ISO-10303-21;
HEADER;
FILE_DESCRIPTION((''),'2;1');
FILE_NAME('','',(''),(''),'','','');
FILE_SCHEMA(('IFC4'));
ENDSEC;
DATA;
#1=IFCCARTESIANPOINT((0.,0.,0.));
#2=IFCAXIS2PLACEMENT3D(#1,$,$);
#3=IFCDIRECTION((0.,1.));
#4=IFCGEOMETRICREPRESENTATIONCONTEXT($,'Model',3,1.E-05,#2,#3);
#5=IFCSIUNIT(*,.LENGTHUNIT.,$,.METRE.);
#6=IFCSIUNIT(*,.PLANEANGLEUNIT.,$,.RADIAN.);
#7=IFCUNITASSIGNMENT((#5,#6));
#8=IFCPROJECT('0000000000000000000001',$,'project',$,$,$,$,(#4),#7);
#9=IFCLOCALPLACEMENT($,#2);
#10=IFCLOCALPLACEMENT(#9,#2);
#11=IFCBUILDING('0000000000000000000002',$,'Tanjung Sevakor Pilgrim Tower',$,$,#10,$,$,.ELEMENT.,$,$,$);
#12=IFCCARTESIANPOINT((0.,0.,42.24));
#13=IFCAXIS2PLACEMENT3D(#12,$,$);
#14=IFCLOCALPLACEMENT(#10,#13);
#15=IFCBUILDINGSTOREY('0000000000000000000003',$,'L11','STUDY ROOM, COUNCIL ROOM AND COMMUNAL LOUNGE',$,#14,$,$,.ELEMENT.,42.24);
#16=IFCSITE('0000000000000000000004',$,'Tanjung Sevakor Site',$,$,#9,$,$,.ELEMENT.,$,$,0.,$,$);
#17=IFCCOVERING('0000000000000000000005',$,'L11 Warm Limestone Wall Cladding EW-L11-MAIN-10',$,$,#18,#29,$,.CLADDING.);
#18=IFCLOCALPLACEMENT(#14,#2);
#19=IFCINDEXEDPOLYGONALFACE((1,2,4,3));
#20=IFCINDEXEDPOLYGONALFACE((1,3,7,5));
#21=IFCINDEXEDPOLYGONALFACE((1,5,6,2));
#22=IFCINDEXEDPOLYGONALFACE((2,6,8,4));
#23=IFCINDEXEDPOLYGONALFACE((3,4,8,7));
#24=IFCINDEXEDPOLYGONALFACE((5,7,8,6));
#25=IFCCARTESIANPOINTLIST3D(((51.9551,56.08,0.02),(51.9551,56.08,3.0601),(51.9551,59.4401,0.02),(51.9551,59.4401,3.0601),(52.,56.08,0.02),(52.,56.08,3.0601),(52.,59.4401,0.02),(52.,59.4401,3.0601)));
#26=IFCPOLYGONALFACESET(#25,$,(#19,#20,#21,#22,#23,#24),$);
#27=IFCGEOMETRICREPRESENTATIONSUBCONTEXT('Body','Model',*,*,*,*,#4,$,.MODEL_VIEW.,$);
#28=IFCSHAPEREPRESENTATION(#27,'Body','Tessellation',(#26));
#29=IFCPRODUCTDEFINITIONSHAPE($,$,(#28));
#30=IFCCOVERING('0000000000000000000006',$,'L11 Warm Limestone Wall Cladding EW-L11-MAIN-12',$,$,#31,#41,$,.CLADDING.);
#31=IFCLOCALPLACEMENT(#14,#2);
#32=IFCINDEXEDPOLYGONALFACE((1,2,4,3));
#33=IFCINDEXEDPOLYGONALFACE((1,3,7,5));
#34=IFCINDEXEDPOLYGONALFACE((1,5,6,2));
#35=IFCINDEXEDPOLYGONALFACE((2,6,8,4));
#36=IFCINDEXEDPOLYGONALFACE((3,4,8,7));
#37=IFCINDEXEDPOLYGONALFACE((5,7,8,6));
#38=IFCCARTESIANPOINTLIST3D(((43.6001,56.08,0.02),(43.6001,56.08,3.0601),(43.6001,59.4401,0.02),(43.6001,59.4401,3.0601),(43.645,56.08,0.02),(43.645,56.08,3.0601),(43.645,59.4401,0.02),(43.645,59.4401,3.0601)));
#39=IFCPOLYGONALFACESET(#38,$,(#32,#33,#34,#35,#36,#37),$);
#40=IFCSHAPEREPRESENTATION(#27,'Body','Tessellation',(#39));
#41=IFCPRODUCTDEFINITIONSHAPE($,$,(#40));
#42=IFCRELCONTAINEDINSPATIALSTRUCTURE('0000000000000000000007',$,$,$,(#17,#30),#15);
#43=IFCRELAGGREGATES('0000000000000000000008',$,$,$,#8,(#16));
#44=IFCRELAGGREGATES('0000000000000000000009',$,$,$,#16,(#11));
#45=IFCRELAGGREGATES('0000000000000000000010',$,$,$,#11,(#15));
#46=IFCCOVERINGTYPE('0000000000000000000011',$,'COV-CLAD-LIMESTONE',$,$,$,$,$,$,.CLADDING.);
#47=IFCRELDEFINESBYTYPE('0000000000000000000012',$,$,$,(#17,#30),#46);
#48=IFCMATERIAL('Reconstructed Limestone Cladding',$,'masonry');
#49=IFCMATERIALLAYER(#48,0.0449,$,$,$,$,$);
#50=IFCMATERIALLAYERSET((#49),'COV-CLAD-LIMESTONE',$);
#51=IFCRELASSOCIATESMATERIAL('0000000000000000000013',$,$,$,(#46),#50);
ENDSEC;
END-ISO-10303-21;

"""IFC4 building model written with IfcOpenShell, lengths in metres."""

from ifc_helpers import new_model, si_unit, direction, frame, origin, origin_2d, place, context, subcontext, project, spatial, rectangle, extrude, material, layer, layer_set, type_object, element, save


model = new_model("IFC4")

# Units and contexts
model_context = context("Model", 3, precision=1e-05, world=origin(), true_north=direction((0.0, 1.0)))
body_context = subcontext(model_context, "Body", "Model", "MODEL_VIEW")
ifc_project = project(units=[si_unit("LENGTHUNIT", "METRE"), si_unit("PLANEANGLEUNIT", "RADIAN")], contexts=[model_context])

# Site, building, storey
site_placement = place(None, origin())
site = spatial("IfcSite", under=ifc_project, at=site_placement, Name="Tanjung Sevakor Site", CompositionType="ELEMENT", RefElevation=0.0)
building_placement = place(site_placement, origin())
building = spatial("IfcBuilding", under=site, at=building_placement, Name="Tanjung Sevakor Pilgrim Tower", CompositionType="ELEMENT")
storey_placement = place(building_placement, frame((0.0, 0.0, 42.24)))
storey = spatial("IfcBuildingStorey", under=building, at=storey_placement, Name="L11", Description="STUDY ROOM, COUNCIL ROOM AND COMMUNAL LOUNGE", CompositionType="ELEMENT", Elevation=42.24)

# Coverings
ifc_material_1 = material(Name="Reconstructed Limestone Cladding", Category="masonry")
ifc_layer_1 = layer(ifc_material_1, 0.0449)
ifc_layer_set_1 = layer_set([ifc_layer_1], Name="COV-CLAD-LIMESTONE")
covering_type = type_object("IfcCoveringType", Name="COV-CLAD-LIMESTONE", PredefinedType="CLADDING", material=ifc_layer_set_1)
for number, where, z_axis, x_axis, name in (
    (1, (51.9775, 57.76, 0.02), (0.0, 0.0, 1.0), (0.0, -1.0, 0.0), "L11 Warm Limestone Wall Cladding EW-L11-MAIN-10"),
    (2, (43.6226, 57.76, 0.02), (0.0, 0.0, 1.0), (0.0, 1.0, 0.0), "L11 Warm Limestone Wall Cladding EW-L11-MAIN-12"),
):
    element("IfcCovering", number, at=place(storey_placement, frame(where, z_axis=z_axis, x_axis=x_axis)), inside=storey, type_object=covering_type, Name=name, PredefinedType="CLADDING", context=body_context, shape_type="SweptSolid", body=[
        extrude(rectangle(XDim=3.3601, YDim=0.0449, at=origin_2d()), origin(), (0.0, 0.0, 1.0), 3.04),
    ])

save(model, "model.ifc")
